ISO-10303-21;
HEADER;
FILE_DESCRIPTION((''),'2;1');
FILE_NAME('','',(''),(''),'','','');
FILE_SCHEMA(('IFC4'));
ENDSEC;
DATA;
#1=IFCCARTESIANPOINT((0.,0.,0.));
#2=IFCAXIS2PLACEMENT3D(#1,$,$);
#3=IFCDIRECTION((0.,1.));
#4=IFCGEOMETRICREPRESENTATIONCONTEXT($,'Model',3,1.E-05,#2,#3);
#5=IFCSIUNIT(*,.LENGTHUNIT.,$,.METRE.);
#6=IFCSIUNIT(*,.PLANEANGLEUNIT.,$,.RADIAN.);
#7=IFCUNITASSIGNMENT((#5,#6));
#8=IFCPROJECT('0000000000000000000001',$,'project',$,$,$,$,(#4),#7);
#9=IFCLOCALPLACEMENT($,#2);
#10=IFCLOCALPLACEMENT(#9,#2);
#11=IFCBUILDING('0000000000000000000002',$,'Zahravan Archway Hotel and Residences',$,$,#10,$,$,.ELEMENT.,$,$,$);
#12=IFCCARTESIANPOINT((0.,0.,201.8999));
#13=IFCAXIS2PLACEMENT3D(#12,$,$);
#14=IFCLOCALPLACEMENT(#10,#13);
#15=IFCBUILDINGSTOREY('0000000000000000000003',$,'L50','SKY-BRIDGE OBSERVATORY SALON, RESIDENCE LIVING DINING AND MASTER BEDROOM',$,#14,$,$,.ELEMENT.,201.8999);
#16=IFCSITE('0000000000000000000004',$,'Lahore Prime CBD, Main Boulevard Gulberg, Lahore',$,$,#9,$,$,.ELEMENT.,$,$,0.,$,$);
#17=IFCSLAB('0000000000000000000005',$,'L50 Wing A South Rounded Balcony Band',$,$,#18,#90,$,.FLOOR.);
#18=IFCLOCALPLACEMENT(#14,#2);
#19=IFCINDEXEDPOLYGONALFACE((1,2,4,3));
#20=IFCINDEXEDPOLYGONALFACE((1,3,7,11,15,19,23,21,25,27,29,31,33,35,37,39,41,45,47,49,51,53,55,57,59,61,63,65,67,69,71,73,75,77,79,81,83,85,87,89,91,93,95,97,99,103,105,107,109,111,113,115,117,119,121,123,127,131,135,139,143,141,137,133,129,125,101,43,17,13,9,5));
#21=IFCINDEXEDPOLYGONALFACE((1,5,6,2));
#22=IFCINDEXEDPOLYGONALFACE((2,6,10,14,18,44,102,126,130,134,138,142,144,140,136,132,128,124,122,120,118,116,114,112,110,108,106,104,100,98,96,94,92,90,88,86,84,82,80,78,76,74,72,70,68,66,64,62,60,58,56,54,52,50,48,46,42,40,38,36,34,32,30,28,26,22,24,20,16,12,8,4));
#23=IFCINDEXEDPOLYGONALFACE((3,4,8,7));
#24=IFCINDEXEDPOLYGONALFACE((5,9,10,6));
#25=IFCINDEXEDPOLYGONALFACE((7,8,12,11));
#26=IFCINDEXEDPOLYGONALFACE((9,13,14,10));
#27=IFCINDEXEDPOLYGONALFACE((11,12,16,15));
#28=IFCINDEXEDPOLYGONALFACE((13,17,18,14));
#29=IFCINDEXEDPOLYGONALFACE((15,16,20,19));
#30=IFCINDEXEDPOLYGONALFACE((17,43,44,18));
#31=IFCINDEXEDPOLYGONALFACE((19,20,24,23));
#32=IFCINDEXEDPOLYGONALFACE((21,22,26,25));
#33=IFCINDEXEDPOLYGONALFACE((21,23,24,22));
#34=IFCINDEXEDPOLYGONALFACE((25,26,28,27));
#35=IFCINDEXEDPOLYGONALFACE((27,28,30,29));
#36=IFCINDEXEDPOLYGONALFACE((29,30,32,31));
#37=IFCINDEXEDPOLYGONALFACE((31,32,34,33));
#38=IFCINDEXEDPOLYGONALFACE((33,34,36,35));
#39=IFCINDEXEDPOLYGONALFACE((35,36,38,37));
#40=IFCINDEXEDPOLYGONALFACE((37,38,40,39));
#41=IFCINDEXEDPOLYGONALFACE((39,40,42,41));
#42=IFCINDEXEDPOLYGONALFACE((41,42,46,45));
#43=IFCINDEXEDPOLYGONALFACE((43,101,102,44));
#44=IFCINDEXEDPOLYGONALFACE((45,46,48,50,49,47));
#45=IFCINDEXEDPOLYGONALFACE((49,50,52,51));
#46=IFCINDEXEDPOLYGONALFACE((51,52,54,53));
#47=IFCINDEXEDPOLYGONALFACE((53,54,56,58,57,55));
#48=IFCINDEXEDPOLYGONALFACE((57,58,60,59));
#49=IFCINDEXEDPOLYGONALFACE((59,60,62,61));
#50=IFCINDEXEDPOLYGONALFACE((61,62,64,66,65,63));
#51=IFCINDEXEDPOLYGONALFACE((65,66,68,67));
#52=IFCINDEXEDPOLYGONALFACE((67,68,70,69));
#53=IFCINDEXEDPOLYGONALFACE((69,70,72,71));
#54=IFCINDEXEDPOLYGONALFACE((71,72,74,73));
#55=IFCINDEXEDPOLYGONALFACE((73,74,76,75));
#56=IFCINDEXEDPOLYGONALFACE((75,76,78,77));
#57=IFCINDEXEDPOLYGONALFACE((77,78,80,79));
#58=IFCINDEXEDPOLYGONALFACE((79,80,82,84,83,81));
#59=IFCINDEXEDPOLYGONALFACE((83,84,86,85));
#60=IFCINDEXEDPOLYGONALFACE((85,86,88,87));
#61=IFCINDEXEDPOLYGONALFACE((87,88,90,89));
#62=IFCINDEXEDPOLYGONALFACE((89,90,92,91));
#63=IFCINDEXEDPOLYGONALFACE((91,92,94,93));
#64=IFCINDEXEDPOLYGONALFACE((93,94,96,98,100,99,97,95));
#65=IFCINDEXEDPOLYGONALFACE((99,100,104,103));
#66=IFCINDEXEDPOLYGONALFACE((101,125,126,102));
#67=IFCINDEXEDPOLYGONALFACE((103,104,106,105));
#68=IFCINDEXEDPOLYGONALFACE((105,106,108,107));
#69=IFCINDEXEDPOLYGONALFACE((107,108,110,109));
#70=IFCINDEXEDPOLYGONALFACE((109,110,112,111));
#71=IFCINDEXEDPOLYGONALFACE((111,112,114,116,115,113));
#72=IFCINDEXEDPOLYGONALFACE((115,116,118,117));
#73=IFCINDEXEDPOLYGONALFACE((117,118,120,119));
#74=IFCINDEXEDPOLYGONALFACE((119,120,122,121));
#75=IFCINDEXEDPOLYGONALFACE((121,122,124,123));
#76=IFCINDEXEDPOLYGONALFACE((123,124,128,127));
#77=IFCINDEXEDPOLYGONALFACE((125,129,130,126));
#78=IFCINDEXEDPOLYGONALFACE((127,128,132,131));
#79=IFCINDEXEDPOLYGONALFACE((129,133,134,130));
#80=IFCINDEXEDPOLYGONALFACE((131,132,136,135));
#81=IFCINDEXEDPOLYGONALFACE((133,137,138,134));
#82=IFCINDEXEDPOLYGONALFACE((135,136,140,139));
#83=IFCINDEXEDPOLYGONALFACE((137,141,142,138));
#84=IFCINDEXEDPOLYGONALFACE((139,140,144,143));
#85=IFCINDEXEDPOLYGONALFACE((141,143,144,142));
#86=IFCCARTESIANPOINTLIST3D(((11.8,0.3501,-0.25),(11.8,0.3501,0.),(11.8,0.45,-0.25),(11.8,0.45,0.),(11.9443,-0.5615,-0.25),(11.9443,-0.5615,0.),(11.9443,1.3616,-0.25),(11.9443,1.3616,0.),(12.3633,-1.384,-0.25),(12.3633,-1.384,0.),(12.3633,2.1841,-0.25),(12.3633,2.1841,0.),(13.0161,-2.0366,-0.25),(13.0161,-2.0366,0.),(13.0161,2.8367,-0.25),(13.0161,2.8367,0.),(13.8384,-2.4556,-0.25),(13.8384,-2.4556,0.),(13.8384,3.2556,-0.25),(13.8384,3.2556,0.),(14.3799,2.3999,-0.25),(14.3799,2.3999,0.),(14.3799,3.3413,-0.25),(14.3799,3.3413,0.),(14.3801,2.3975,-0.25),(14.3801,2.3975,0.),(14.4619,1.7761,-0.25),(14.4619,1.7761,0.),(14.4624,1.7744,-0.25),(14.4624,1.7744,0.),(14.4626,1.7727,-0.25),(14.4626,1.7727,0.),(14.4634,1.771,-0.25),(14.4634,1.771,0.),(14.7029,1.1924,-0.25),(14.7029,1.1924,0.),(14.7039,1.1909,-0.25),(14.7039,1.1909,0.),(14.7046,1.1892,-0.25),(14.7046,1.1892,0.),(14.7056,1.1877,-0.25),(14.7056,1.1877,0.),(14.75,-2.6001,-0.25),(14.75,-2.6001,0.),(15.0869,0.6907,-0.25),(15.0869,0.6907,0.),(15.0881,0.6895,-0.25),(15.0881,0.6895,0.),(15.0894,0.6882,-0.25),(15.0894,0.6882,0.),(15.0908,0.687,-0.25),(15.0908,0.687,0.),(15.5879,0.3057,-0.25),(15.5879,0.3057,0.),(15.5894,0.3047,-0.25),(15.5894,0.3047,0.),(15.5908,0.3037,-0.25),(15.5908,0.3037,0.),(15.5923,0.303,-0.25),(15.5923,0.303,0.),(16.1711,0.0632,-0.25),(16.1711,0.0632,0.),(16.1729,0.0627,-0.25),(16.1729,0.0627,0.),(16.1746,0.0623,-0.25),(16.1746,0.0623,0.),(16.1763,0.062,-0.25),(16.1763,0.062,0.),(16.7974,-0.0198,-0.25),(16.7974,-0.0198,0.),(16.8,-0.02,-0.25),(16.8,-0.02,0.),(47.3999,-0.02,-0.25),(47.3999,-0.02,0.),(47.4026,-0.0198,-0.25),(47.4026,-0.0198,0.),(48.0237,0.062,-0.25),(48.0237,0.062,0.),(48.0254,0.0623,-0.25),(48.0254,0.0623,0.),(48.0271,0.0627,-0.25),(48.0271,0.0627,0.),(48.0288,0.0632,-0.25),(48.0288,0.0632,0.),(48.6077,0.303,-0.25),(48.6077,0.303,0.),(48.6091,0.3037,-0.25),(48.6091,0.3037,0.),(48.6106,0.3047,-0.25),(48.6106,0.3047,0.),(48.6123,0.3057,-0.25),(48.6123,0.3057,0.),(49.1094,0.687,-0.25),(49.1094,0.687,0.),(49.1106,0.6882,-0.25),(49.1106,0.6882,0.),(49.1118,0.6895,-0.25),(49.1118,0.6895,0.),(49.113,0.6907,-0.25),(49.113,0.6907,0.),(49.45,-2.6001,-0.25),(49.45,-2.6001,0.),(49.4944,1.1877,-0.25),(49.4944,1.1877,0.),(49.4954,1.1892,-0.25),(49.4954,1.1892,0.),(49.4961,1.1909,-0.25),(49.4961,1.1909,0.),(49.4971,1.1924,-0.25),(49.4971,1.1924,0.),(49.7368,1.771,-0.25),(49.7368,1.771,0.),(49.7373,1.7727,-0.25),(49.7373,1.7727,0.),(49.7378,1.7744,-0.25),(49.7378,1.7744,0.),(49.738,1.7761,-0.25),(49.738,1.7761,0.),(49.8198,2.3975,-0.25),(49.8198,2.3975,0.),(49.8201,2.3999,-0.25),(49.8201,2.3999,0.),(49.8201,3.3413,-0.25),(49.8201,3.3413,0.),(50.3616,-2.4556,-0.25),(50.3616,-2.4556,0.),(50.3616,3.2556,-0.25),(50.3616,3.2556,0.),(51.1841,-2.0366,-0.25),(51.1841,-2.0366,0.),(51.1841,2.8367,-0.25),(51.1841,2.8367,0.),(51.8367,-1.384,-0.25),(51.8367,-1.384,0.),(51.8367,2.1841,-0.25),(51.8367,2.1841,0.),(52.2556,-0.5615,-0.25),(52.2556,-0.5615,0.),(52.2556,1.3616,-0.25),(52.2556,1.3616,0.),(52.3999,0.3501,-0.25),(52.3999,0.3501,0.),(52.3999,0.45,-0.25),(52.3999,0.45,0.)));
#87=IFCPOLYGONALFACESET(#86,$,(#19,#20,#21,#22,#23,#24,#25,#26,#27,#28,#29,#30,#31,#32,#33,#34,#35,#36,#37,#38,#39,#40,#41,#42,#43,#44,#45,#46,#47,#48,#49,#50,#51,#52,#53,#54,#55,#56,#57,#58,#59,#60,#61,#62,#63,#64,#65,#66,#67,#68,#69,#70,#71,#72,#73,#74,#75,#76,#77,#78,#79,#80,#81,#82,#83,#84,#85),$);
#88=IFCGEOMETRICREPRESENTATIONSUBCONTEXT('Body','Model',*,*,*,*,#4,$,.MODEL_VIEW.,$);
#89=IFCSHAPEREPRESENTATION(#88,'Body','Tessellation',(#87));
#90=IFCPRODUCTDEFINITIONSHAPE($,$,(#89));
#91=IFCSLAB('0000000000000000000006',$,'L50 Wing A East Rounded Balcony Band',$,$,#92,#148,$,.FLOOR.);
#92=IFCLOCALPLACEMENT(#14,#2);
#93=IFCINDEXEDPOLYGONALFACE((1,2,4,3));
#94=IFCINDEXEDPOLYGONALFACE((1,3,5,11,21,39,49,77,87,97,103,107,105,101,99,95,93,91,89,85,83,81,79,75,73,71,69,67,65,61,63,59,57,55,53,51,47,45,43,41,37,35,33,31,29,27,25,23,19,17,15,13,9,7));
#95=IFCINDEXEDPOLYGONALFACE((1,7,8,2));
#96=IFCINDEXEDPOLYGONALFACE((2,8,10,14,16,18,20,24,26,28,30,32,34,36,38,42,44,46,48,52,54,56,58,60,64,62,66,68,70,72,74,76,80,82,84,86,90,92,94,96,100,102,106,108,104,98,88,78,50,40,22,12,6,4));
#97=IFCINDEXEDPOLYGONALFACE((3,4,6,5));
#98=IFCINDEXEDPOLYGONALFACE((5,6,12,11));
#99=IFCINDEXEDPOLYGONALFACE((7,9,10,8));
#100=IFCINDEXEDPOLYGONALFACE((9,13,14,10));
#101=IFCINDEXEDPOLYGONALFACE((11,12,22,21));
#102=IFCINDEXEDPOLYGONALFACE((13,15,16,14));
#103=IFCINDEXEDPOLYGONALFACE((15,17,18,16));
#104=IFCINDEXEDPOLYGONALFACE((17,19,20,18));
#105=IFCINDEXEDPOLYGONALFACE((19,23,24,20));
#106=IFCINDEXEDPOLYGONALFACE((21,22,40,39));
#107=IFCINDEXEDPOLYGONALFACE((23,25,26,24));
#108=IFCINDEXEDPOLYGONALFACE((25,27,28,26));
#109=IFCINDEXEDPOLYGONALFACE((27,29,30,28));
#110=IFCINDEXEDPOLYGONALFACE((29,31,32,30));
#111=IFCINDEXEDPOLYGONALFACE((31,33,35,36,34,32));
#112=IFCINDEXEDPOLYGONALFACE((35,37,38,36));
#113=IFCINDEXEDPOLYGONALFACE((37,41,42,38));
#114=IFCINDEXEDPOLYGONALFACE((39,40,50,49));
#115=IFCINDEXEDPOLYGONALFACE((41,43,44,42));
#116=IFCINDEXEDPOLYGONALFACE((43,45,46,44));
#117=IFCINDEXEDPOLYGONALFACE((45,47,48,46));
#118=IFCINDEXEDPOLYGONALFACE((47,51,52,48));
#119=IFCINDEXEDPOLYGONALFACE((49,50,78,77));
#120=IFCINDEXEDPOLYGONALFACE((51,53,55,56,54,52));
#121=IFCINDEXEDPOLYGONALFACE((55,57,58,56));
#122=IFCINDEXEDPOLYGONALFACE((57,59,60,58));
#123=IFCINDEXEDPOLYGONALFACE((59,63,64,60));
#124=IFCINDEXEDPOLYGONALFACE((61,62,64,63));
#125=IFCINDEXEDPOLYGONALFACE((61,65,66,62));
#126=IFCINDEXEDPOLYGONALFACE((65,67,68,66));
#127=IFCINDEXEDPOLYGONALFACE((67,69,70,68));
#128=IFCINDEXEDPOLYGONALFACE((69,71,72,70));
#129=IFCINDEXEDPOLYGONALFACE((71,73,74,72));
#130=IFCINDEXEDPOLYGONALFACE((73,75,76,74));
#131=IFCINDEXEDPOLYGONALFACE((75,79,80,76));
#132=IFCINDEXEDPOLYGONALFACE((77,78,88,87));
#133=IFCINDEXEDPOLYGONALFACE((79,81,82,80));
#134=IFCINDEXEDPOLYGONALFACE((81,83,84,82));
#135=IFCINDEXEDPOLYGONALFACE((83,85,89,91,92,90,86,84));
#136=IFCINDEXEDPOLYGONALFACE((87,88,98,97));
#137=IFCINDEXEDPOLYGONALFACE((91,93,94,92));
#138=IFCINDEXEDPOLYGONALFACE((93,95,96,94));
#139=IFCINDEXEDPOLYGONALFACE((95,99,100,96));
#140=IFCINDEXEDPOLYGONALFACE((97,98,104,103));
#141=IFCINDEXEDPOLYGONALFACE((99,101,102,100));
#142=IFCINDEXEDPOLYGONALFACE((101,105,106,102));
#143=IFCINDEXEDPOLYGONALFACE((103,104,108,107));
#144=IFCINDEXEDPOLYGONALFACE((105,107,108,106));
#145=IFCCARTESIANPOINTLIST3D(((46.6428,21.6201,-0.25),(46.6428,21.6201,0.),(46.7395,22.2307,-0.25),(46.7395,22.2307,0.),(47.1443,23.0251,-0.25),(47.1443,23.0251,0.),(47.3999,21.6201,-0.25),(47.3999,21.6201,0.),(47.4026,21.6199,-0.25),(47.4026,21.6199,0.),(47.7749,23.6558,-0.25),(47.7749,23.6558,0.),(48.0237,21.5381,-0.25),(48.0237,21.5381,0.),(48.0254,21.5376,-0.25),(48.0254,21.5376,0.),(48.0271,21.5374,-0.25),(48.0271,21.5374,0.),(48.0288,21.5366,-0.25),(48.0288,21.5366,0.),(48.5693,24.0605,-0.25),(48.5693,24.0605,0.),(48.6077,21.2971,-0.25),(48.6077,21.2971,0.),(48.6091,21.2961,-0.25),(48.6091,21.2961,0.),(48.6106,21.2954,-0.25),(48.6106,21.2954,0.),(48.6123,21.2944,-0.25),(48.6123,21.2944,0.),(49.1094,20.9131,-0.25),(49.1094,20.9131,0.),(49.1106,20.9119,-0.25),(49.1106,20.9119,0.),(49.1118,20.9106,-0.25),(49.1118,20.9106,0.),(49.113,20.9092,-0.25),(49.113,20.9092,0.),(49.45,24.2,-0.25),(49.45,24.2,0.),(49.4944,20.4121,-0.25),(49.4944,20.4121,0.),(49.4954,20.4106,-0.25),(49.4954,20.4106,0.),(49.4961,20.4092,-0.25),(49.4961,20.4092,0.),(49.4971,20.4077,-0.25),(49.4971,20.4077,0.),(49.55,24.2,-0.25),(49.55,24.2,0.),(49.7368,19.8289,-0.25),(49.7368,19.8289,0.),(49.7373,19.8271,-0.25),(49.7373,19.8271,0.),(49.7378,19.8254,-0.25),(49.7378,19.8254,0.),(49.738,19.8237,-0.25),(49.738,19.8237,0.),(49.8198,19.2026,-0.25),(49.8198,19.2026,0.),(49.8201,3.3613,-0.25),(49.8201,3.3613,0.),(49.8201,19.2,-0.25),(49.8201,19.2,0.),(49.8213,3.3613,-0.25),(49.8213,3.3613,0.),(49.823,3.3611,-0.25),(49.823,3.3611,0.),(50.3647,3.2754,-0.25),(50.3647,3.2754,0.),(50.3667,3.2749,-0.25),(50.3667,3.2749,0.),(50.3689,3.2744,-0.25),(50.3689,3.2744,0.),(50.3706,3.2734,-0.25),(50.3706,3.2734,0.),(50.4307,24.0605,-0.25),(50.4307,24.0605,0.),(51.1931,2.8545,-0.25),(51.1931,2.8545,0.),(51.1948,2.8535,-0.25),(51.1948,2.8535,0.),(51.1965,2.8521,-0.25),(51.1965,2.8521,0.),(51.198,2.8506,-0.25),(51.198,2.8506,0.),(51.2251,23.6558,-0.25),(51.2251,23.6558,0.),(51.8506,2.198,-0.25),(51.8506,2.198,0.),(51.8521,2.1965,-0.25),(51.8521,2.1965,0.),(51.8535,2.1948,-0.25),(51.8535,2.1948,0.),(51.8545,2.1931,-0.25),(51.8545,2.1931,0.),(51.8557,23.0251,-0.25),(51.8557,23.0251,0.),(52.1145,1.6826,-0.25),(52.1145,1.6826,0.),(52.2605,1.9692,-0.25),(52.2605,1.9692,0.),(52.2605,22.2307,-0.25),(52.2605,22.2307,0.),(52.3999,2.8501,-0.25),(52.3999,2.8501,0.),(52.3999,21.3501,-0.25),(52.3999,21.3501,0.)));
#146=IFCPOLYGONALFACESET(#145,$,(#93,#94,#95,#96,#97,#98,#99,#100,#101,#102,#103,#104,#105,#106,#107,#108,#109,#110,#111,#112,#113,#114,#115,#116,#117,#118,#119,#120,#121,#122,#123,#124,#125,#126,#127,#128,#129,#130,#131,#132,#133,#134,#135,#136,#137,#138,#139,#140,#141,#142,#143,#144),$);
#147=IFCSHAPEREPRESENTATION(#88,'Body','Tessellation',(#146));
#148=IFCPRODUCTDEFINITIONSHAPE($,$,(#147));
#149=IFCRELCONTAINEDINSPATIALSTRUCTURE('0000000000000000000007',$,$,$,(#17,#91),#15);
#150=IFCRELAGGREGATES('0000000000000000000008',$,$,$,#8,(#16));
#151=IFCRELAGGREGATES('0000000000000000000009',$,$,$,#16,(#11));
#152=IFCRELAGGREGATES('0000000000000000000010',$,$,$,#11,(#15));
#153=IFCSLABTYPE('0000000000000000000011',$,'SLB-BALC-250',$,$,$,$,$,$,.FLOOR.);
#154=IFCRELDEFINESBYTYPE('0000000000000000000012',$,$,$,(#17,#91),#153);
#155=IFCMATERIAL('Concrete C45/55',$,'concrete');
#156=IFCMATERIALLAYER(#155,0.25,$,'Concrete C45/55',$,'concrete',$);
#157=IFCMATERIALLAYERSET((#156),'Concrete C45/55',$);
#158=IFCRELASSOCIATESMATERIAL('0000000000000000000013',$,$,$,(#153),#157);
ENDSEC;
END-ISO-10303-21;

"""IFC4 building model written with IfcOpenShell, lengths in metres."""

from ifc_helpers import new_model, si_unit, direction, frame, origin, place, context, subcontext, project, spatial, polyline, outline, extrude, material, layer, layer_set, type_object, element, save


model = new_model("IFC4")

# Units and contexts
model_context = context("Model", 3, precision=1e-05, world=origin(), true_north=direction((0.0, 1.0)))
body_context = subcontext(model_context, "Body", "Model", "MODEL_VIEW")
ifc_project = project(units=[si_unit("LENGTHUNIT", "METRE"), si_unit("PLANEANGLEUNIT", "RADIAN")], contexts=[model_context])

# Site, building, storey
site_placement = place(None, origin())
site = spatial("IfcSite", under=ifc_project, at=site_placement, Name="Lahore Prime CBD, Main Boulevard Gulberg, Lahore", CompositionType="ELEMENT", RefElevation=0.0)
building_placement = place(site_placement, origin())
building = spatial("IfcBuilding", under=site, at=building_placement, Name="Zahravan Archway Hotel and Residences", CompositionType="ELEMENT")
storey_placement = place(building_placement, frame((0.0, 0.0, 201.8999)))
storey = spatial("IfcBuildingStorey", under=building, at=storey_placement, Name="L50", Description="SKY-BRIDGE OBSERVATORY SALON, RESIDENCE LIVING DINING AND MASTER BEDROOM", CompositionType="ELEMENT", Elevation=201.8999)

# Slabs
ifc_material_1 = material(Name="Concrete C45/55", Category="concrete")
ifc_layer_1 = layer(ifc_material_1, 0.25, Name="Concrete C45/55", Category="concrete")
ifc_layer_set_1 = layer_set([ifc_layer_1], Name="Concrete C45/55")
slab_type_1 = type_object("IfcSlabType", Name="SLB-BALC-250", PredefinedType="FLOOR", material=ifc_layer_set_1)
slab_1_placement = place(storey_placement, frame((0.0, 0.0, -0.25)))
element("IfcSlab", 1, at=slab_1_placement, inside=storey, type_object=slab_type_1, Name="L50 Wing A South Rounded Balcony Band", PredefinedType="FLOOR", context=body_context, shape_type="SweptSolid", body=[
    extrude(outline(polyline([(50.3616, 3.2556), (51.1841, 2.8367), (51.8367, 2.1841), (52.2556, 1.3616), (52.3999, 0.45), (52.3999, 0.3501), (52.2556, -0.5615), (51.8367, -1.384), (51.1841, -2.0366), (50.3616, -2.4556), (49.45, -2.6001), (14.75, -2.6001), (13.8384, -2.4556), (13.0161, -2.0366), (12.3633, -1.384), (11.9443, -0.5615), (11.8, 0.3501), (11.8, 0.45), (11.9443, 1.3616), (12.3633, 2.1841), (13.0161, 2.8367), (13.8384, 3.2556), (14.3799, 3.3413), (14.3799, 2.3999), (14.3801, 2.3975), (14.4619, 1.7761), (14.4624, 1.7744), (14.4626, 1.7727), (14.4634, 1.771), (14.7029, 1.1924), (14.7039, 1.1909), (14.7046, 1.1892), (14.7056, 1.1877), (15.0869, 0.6907), (15.0881, 0.6895), (15.0894, 0.6882), (15.0908, 0.687), (15.5879, 0.3057), (15.5894, 0.3047), (15.5908, 0.3037), (15.5923, 0.303), (16.1711, 0.0632), (16.1729, 0.0627), (16.1746, 0.0623), (16.1763, 0.062), (16.7974, -0.0198), (16.8, -0.02), (47.3999, -0.02), (47.4026, -0.0198), (48.0237, 0.062), (48.0254, 0.0623), (48.0271, 0.0627), (48.0288, 0.0632), (48.6077, 0.303), (48.6091, 0.3037), (48.6106, 0.3047), (48.6123, 0.3057), (49.1094, 0.687), (49.1106, 0.6882), (49.1118, 0.6895), (49.113, 0.6907), (49.4944, 1.1877), (49.4954, 1.1892), (49.4961, 1.1909), (49.4971, 1.1924), (49.7368, 1.771), (49.7373, 1.7727), (49.7378, 1.7744), (49.738, 1.7761), (49.8198, 2.3975), (49.8201, 2.3999), (49.8201, 3.3413), (50.3616, 3.2556)])), origin(), (0.0, 0.0, 1.0), 0.25),
])
slab_2_placement = place(storey_placement, frame((0.0, 0.0, -0.25)))
element("IfcSlab", 2, at=slab_2_placement, inside=storey, type_object=slab_type_1, Name="L50 Wing A East Rounded Balcony Band", PredefinedType="FLOOR", context=body_context, shape_type="SweptSolid", body=[
    extrude(outline(polyline([(46.7395, 22.2307), (47.1443, 23.0251), (47.7749, 23.6558), (48.5693, 24.0605), (49.45, 24.2), (49.55, 24.2), (50.4307, 24.0605), (51.2251, 23.6558), (51.8557, 23.0251), (52.2605, 22.2307), (52.3999, 21.3501), (52.3999, 2.8501), (52.2605, 1.9692), (52.1145, 1.6826), (51.8545, 2.1931), (51.8535, 2.1948), (51.8521, 2.1965), (51.8506, 2.198), (51.198, 2.8506), (51.1965, 2.8521), (51.1948, 2.8535), (51.1931, 2.8545), (50.3706, 3.2734), (50.3689, 3.2744), (50.3667, 3.2749), (50.3647, 3.2754), (49.823, 3.3611), (49.8213, 3.3613), (49.8201, 3.3613), (49.8201, 19.2), (49.8198, 19.2026), (49.738, 19.8237), (49.7378, 19.8254), (49.7373, 19.8271), (49.7368, 19.8289), (49.4971, 20.4077), (49.4961, 20.4092), (49.4954, 20.4106), (49.4944, 20.4121), (49.113, 20.9092), (49.1118, 20.9106), (49.1106, 20.9119), (49.1094, 20.9131), (48.6123, 21.2944), (48.6106, 21.2954), (48.6091, 21.2961), (48.6077, 21.2971), (48.0288, 21.5366), (48.0271, 21.5374), (48.0254, 21.5376), (48.0237, 21.5381), (47.4026, 21.6199), (47.3999, 21.6201), (46.6428, 21.6201), (46.7395, 22.2307)])), origin(), (0.0, 0.0, 1.0), 0.25),
])

save(model, "model.ifc")
